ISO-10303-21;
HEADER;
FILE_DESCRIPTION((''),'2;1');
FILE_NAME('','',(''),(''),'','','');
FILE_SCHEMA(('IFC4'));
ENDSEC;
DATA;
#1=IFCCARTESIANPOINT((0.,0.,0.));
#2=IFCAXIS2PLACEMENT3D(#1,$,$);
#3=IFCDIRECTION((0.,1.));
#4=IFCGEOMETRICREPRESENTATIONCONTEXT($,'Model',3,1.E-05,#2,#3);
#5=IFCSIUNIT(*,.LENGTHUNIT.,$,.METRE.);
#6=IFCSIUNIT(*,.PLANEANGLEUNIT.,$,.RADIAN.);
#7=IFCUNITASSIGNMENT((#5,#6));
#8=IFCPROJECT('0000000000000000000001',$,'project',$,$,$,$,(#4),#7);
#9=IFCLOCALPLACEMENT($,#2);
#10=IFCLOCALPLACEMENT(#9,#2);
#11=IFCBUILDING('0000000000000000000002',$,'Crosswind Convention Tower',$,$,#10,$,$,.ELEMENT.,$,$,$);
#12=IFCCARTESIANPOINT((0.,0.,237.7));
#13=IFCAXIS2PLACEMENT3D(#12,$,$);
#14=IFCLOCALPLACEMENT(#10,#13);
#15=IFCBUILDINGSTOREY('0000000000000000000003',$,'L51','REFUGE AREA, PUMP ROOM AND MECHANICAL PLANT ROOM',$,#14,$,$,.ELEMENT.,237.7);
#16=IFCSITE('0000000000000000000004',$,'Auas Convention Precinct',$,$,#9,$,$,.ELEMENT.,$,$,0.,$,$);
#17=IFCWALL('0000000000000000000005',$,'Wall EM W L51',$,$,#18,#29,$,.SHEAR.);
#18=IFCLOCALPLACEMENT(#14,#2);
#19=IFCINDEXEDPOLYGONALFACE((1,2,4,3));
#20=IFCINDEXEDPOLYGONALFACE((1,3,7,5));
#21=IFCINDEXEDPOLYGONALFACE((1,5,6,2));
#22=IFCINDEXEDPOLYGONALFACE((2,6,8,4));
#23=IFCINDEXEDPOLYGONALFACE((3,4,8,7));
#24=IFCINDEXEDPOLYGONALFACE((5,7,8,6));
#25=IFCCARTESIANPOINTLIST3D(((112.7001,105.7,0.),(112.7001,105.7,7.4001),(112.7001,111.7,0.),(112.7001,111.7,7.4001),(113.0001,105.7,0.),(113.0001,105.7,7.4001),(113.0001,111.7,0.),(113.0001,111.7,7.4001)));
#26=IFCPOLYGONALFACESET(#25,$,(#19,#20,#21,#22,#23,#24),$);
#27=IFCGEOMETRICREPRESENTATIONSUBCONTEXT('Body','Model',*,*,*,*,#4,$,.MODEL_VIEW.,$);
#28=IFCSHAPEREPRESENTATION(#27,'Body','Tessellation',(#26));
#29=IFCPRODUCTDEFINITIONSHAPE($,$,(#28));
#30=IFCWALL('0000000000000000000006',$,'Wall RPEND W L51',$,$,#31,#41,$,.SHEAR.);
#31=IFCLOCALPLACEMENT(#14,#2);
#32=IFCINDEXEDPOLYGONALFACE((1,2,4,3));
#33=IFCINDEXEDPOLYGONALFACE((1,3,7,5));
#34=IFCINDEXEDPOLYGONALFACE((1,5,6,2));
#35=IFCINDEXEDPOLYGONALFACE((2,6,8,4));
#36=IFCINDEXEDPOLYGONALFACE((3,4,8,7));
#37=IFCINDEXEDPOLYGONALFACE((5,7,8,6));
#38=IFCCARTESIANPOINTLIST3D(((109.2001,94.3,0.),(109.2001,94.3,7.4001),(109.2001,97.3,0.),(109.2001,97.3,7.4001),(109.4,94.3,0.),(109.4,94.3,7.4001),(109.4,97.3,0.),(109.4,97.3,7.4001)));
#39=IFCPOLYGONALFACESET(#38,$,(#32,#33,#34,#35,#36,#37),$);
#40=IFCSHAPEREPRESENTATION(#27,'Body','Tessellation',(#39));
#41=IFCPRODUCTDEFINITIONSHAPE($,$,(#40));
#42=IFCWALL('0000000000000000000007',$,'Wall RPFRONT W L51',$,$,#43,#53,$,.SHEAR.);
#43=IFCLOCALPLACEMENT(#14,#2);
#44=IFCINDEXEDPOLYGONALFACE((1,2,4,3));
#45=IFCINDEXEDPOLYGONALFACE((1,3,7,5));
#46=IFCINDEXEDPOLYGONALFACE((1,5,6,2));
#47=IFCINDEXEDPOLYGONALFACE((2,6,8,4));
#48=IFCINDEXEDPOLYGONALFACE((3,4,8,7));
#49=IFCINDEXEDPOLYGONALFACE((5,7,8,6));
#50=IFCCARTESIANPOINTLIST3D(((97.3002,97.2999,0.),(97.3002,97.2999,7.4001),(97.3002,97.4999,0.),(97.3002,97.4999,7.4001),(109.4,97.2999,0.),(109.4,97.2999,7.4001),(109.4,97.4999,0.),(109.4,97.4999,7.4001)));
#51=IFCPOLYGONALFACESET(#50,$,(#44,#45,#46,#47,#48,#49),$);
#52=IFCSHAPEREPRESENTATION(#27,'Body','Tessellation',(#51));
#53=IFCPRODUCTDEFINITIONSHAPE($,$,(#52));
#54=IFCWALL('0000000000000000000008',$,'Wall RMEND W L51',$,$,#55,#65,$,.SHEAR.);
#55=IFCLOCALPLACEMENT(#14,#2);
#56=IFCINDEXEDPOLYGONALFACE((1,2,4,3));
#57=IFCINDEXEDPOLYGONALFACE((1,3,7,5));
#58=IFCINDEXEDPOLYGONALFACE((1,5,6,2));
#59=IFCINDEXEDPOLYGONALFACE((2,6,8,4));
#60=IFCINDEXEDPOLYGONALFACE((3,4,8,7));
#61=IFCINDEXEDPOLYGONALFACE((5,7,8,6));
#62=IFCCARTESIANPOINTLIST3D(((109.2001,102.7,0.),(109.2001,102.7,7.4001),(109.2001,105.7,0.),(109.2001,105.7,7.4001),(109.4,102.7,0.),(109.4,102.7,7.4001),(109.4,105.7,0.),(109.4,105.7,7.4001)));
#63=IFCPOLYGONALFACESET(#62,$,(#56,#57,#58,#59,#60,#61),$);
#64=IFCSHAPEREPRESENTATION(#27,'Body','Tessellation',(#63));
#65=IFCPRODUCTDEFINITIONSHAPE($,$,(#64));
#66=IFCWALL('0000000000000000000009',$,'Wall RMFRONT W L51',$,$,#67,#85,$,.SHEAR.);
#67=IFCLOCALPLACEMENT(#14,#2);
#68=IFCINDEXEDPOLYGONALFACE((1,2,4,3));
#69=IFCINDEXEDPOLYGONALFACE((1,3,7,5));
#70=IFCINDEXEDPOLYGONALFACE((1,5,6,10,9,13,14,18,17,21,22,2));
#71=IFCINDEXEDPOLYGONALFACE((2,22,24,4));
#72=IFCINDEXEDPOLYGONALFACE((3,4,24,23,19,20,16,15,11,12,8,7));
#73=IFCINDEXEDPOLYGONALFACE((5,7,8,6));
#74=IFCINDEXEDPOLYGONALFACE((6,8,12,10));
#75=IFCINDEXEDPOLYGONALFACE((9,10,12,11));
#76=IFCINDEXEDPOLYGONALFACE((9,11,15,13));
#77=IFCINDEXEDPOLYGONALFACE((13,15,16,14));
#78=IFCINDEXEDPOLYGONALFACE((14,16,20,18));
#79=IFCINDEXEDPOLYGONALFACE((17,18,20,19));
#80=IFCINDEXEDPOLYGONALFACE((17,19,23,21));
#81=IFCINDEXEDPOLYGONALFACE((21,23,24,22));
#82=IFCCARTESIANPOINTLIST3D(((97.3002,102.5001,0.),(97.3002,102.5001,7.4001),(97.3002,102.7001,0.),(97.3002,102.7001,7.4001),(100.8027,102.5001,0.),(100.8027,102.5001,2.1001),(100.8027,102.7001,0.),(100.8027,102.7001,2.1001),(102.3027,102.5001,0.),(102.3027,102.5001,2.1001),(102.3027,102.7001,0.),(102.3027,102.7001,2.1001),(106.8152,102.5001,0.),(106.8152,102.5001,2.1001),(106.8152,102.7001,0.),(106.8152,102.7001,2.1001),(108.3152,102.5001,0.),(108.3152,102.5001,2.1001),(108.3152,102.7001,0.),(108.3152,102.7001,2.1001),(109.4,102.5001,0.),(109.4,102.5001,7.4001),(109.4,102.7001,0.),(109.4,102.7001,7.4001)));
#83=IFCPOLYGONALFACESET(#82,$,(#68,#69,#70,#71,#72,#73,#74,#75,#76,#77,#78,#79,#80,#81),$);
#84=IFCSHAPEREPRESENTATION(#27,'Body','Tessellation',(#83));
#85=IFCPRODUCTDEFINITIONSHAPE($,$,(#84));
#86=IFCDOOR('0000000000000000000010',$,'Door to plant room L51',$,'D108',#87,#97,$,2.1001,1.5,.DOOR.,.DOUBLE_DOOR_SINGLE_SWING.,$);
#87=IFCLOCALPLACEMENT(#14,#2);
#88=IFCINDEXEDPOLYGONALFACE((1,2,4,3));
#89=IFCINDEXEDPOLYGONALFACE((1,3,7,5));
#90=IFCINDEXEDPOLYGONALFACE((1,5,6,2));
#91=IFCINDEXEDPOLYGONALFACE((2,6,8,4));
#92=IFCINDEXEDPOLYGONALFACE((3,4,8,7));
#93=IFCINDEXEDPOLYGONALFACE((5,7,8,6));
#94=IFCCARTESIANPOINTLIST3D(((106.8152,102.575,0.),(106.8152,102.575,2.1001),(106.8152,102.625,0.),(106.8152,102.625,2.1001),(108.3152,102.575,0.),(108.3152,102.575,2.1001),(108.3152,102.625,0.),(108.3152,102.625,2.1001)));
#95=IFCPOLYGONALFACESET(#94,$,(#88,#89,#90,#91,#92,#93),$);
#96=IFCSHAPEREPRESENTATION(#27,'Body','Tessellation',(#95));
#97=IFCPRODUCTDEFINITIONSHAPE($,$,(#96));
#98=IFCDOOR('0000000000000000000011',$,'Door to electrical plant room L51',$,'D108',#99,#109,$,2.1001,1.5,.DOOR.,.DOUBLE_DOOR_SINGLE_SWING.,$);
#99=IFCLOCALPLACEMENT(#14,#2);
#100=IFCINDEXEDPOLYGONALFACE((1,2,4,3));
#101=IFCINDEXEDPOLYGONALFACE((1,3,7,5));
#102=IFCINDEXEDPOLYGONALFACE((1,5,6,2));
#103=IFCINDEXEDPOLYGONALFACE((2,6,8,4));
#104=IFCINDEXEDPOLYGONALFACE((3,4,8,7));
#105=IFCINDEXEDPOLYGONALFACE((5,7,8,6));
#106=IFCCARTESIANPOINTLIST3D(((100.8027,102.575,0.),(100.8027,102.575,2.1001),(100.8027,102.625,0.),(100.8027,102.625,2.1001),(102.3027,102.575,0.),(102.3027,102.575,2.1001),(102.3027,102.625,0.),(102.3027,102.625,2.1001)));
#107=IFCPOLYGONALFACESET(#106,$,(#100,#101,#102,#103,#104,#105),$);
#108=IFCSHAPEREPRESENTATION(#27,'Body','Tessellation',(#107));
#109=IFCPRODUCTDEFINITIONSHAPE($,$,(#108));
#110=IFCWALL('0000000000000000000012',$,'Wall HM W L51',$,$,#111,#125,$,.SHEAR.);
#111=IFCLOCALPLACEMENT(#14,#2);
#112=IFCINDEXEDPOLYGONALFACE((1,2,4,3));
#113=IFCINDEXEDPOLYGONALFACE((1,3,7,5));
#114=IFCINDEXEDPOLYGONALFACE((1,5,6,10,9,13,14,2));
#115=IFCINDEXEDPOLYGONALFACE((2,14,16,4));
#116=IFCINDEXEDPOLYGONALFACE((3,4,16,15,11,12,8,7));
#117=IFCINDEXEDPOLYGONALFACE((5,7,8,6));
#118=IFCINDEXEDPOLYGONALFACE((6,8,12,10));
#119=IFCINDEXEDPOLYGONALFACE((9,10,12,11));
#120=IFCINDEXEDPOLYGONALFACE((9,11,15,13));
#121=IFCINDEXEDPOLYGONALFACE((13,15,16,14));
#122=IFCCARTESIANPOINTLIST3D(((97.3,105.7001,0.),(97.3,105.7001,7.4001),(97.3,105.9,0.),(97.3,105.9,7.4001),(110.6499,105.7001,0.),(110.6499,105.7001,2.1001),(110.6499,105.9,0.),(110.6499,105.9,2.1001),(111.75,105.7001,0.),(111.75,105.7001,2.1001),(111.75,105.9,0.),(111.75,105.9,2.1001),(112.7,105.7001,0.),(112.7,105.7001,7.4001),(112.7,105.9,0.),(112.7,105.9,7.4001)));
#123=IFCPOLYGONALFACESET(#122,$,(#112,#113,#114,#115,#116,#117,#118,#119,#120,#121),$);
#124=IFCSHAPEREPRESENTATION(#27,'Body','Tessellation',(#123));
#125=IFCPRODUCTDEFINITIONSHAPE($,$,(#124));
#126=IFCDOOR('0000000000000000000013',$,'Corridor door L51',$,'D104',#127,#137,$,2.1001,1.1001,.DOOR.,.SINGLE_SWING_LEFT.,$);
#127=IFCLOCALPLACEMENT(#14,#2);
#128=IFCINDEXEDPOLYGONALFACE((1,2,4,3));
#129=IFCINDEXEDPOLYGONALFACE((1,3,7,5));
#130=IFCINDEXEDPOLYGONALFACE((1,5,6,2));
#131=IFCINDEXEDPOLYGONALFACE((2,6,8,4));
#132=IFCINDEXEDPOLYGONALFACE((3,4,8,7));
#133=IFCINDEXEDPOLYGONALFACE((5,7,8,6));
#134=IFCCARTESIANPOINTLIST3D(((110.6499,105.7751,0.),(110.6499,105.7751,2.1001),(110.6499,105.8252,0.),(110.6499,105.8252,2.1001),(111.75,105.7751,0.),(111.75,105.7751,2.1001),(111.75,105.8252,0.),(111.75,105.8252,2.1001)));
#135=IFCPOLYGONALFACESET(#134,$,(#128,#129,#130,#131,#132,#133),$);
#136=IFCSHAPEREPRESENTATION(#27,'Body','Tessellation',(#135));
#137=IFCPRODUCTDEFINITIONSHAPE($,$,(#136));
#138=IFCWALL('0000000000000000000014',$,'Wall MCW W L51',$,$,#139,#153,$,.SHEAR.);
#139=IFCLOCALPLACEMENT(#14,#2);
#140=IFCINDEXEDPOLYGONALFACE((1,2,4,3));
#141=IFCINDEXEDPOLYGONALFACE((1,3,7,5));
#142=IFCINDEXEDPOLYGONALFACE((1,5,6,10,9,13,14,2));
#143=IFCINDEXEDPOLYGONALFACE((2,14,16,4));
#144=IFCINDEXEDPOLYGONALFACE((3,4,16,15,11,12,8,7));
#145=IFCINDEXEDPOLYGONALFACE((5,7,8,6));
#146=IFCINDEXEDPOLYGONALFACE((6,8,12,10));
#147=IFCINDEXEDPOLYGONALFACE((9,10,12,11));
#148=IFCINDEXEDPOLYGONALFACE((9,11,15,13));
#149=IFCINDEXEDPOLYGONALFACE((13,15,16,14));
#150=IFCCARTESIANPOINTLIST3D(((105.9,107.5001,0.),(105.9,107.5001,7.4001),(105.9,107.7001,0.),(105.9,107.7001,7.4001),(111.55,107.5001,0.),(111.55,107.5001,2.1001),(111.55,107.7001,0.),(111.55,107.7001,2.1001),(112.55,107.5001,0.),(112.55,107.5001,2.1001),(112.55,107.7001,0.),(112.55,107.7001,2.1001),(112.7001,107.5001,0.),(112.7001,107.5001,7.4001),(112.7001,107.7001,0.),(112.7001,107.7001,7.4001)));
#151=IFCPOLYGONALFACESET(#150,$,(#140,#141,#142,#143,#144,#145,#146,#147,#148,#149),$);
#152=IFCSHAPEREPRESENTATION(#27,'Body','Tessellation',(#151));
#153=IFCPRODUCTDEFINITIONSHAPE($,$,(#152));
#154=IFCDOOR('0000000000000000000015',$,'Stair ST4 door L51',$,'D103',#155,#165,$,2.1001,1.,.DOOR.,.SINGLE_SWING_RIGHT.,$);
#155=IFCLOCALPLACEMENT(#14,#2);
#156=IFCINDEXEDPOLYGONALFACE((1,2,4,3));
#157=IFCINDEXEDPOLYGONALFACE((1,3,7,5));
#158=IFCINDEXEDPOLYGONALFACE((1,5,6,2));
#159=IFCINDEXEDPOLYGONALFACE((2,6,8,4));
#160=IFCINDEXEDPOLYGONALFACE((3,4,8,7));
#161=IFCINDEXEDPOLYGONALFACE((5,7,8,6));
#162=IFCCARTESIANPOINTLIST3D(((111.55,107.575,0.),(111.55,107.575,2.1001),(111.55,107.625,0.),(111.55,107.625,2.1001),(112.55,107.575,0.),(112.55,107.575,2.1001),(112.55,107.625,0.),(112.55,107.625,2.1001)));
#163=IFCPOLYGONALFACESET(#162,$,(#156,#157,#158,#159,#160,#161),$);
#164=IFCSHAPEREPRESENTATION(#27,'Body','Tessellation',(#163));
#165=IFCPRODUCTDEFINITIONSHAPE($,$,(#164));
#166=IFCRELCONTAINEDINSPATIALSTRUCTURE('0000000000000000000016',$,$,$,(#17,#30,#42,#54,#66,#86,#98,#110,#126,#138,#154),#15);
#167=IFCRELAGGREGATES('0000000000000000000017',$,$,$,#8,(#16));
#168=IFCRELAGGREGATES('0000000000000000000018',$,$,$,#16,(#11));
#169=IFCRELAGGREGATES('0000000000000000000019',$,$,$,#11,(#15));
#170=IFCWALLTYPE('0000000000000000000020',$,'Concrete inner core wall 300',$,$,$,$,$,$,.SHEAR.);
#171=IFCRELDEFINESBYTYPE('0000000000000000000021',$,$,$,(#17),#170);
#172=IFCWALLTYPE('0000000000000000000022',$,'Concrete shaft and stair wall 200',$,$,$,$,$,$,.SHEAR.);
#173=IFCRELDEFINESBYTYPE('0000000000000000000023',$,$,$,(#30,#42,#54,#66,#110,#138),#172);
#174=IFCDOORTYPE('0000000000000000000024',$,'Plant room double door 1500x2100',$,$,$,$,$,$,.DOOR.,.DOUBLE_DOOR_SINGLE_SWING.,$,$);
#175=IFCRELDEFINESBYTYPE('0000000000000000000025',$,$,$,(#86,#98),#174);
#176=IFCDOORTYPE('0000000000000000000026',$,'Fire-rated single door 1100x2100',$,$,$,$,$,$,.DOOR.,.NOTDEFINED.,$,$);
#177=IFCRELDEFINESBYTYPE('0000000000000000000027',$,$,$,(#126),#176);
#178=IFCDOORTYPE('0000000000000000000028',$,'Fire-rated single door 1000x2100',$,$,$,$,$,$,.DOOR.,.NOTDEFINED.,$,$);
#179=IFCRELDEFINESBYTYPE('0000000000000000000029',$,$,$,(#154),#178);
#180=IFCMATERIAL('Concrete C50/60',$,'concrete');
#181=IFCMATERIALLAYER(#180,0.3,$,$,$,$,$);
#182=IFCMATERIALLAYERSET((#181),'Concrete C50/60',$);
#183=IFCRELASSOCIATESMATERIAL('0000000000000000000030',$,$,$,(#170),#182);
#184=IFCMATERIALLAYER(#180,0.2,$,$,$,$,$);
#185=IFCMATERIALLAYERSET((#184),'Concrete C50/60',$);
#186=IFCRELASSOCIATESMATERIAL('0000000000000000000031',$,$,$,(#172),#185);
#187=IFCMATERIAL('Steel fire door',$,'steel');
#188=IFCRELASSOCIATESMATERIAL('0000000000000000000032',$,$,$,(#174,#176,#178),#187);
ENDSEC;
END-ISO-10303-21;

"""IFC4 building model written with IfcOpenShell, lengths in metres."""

from ifc_helpers import new_model, si_unit, direction, frame, frame_2d, origin, place, context, subcontext, project, spatial, rectangle, extrude, material, layer, layer_set, type_object, element, fill, save


model = new_model("IFC4")

# Units and contexts
model_context = context("Model", 3, precision=1e-05, world=origin(), true_north=direction((0.0, 1.0)))
body_context = subcontext(model_context, "Body", "Model", "MODEL_VIEW")
ifc_project = project(units=[si_unit("LENGTHUNIT", "METRE"), si_unit("PLANEANGLEUNIT", "RADIAN")], contexts=[model_context])

# Site, building, storey
site_placement = place(None, origin())
site = spatial("IfcSite", under=ifc_project, at=site_placement, Name="Auas Convention Precinct", CompositionType="ELEMENT", RefElevation=0.0)
building_placement = place(site_placement, origin())
building = spatial("IfcBuilding", under=site, at=building_placement, Name="Crosswind Convention Tower", CompositionType="ELEMENT")
storey_placement = place(building_placement, frame((0.0, 0.0, 237.7)))
storey = spatial("IfcBuildingStorey", under=building, at=storey_placement, Name="L51", Description="REFUGE AREA, PUMP ROOM AND MECHANICAL PLANT ROOM", CompositionType="ELEMENT", Elevation=237.7)

# Shared definitions
ifc_material_1 = material(Name="Concrete C50/60", Category="concrete")
ifc_layer_1 = layer(ifc_material_1, 0.3)
ifc_layer_set_1 = layer_set([ifc_layer_1], Name="Concrete C50/60")
wall_type_1 = type_object("IfcWallType", Name="Concrete inner core wall 300", PredefinedType="SHEAR", material=ifc_layer_set_1)

# Walls
wall_1_placement = place(storey_placement, frame((112.8501, 111.7, 0.0), z_axis=(0.0, 0.0, 1.0), x_axis=(0.0, -1.0, 0.0)))
element("IfcWall", 1, at=wall_1_placement, inside=storey, type_object=wall_type_1, Name="Wall EM W L51", PredefinedType="SHEAR", context=body_context, shape_type="SweptSolid", body=[
    extrude(rectangle(XDim=6.0, YDim=0.3, at=frame_2d((3.0, 0.0))), origin(), (0.0, 0.0, 1.0), 7.4001),
])
ifc_layer_2 = layer(ifc_material_1, 0.2)
ifc_layer_set_2 = layer_set([ifc_layer_2], Name="Concrete C50/60")
wall_type_2 = type_object("IfcWallType", Name="Concrete shaft and stair wall 200", PredefinedType="SHEAR", material=ifc_layer_set_2)
wall_2_placement = place(storey_placement, frame((109.3, 97.3, 0.0), z_axis=(0.0, 0.0, 1.0), x_axis=(0.0, -1.0, 0.0)))
element("IfcWall", 2, at=wall_2_placement, inside=storey, type_object=wall_type_2, Name="Wall RPEND W L51", PredefinedType="SHEAR", context=body_context, shape_type="SweptSolid", body=[
    extrude(rectangle(XDim=3.0, YDim=0.2, at=frame_2d((1.5, 0.0))), origin(), (0.0, 0.0, 1.0), 7.4001),
])
wall_3_placement = place(storey_placement, frame((109.3999, 97.3999, 0.0), z_axis=(0.0, 0.0, 1.0), x_axis=(-1.0, 0.0, 0.0)))
element("IfcWall", 3, at=wall_3_placement, inside=storey, type_object=wall_type_2, Name="Wall RPFRONT W L51", PredefinedType="SHEAR", context=body_context, shape_type="SweptSolid", body=[
    extrude(rectangle(XDim=12.0999, YDim=0.2, at=frame_2d((6.0498, 0.0))), origin(), (0.0, 0.0, 1.0), 7.4001),
])
wall_4_placement = place(storey_placement, frame((109.3, 105.7, 0.0), z_axis=(0.0, 0.0, 1.0), x_axis=(0.0, -1.0, 0.0)))
element("IfcWall", 4, at=wall_4_placement, inside=storey, type_object=wall_type_2, Name="Wall RMEND W L51", PredefinedType="SHEAR", context=body_context, shape_type="SweptSolid", body=[
    extrude(rectangle(XDim=3.0, YDim=0.2, at=frame_2d((1.5, 0.0))), origin(), (0.0, 0.0, 1.0), 7.4001),
])

# Wall, openings, doors
wall_5_placement = place(storey_placement, frame((109.3999, 102.6001, 0.0), z_axis=(0.0, 0.0, 1.0), x_axis=(-1.0, 0.0, 0.0)))
wall_5 = element("IfcWall", 5, at=wall_5_placement, inside=storey, type_object=wall_type_2, Name="Wall RMFRONT W L51", PredefinedType="SHEAR", context=body_context, shape_type="SweptSolid", body=[
    extrude(rectangle(XDim=12.0999, YDim=0.2, at=frame_2d((6.0498, 0.0))), origin(), (0.0, 0.0, 1.0), 7.4001),
])
opening_1_placement = place(wall_5_placement, frame((1.0847, 0.0, 0.0)))
opening_1 = element("IfcOpeningElement", 6, at=opening_1_placement, cuts=wall_5, PredefinedType="OPENING", context=body_context, shape_type="SweptSolid", body=[
    extrude(rectangle(XDim=1.5, YDim=2.1001, at=frame_2d((0.75, 1.05))), frame((0.0, 0.1099, 0.0), z_axis=(0.0, -1.0, 0.0), x_axis=(1.0, 0.0, 0.0)), (0.0, 0.0, 1.0), 0.22),
])
opening_2_placement = place(wall_5_placement, frame((7.0972, 0.0, 0.0)))
opening_2 = element("IfcOpeningElement", 7, at=opening_2_placement, cuts=wall_5, PredefinedType="OPENING", context=body_context, shape_type="SweptSolid", body=[
    extrude(rectangle(XDim=1.5, YDim=2.1001, at=frame_2d((0.75, 1.05))), frame((0.0, 0.1099, 0.0), z_axis=(0.0, -1.0, 0.0), x_axis=(1.0, 0.0, 0.0)), (0.0, 0.0, 1.0), 0.22),
])
ifc_material_2 = material(Name="Steel fire door", Category="steel")
door_type_1 = type_object("IfcDoorType", Name="Plant room double door 1500x2100", OperationType="DOUBLE_DOOR_SINGLE_SWING", PredefinedType="DOOR", material=ifc_material_2)
door_1_placement = place(opening_1_placement, frame((1.5, 0.0, 0.0), z_axis=(0.0, 0.0, 1.0), x_axis=(-1.0, 0.0, 0.0)))
door_1 = element("IfcDoor", 8, at=door_1_placement, inside=storey, type_object=door_type_1, Name="Door to plant room L51", ObjectType="D108", OperationType="DOUBLE_DOOR_SINGLE_SWING", OverallHeight=2.1001, OverallWidth=1.5, PredefinedType="DOOR", context=body_context, shape_type="SweptSolid", body=[
    extrude(rectangle(XDim=1.5, YDim=2.1001, at=frame_2d((0.75, 1.05))), frame((0.0, 0.0249, 0.0), z_axis=(0.0, -1.0, 0.0), x_axis=(1.0, 0.0, 0.0)), (0.0, 0.0, 1.0), 0.05),
])
fill(opening_1, door_1)
door_2_placement = place(opening_2_placement, frame((1.5, 0.0, 0.0), z_axis=(0.0, 0.0, 1.0), x_axis=(-1.0, 0.0, 0.0)))
door_2 = element("IfcDoor", 9, at=door_2_placement, inside=storey, type_object=door_type_1, Name="Door to electrical plant room L51", ObjectType="D108", OperationType="DOUBLE_DOOR_SINGLE_SWING", OverallHeight=2.1001, OverallWidth=1.5, PredefinedType="DOOR", context=body_context, shape_type="SweptSolid", body=[
    extrude(rectangle(XDim=1.5, YDim=2.1001, at=frame_2d((0.75, 1.05))), frame((0.0, 0.0249, 0.0), z_axis=(0.0, -1.0, 0.0), x_axis=(1.0, 0.0, 0.0)), (0.0, 0.0, 1.0), 0.05),
])
fill(opening_2, door_2)

# Walls, openings, doors
wall_6_placement = place(storey_placement, frame((112.7, 105.8, 0.0), z_axis=(0.0, 0.0, 1.0), x_axis=(-1.0, 0.0, 0.0)))
wall_6 = element("IfcWall", 10, at=wall_6_placement, inside=storey, type_object=wall_type_2, Name="Wall HM W L51", PredefinedType="SHEAR", context=body_context, shape_type="SweptSolid", body=[
    extrude(rectangle(XDim=15.3999, YDim=0.2, at=frame_2d((7.7, 0.0))), origin(), (0.0, 0.0, 1.0), 7.4001),
])
opening_3_placement = place(wall_6_placement, frame((0.95, 0.0, 0.0)))
opening_3 = element("IfcOpeningElement", 11, at=opening_3_placement, cuts=wall_6, PredefinedType="OPENING", context=body_context, shape_type="SweptSolid", body=[
    extrude(rectangle(XDim=1.1001, YDim=2.1001, at=frame_2d((0.55, 1.05))), frame((0.0, 0.1099, 0.0), z_axis=(0.0, -1.0, 0.0), x_axis=(1.0, 0.0, 0.0)), (0.0, 0.0, 1.0), 0.22),
])
door_type_2 = type_object("IfcDoorType", Name="Fire-rated single door 1100x2100", OperationType="NOTDEFINED", PredefinedType="DOOR", material=ifc_material_2)
door_3_placement = place(opening_3_placement, origin())
door_3 = element("IfcDoor", 12, at=door_3_placement, inside=storey, type_object=door_type_2, Name="Corridor door L51", ObjectType="D104", OperationType="SINGLE_SWING_LEFT", OverallHeight=2.1001, OverallWidth=1.1001, PredefinedType="DOOR", context=body_context, shape_type="SweptSolid", body=[
    extrude(rectangle(XDim=1.1001, YDim=2.1001, at=frame_2d((0.55, 1.05))), frame((0.0, 0.0249, 0.0), z_axis=(0.0, -1.0, 0.0), x_axis=(1.0, 0.0, 0.0)), (0.0, 0.0, 1.0), 0.05),
])
fill(opening_3, door_3)
wall_7_placement = place(storey_placement, frame((112.7, 107.6001, 0.0), z_axis=(0.0, 0.0, 1.0), x_axis=(-1.0, 0.0, 0.0)))
wall_7 = element("IfcWall", 13, at=wall_7_placement, inside=storey, type_object=wall_type_2, Name="Wall MCW W L51", PredefinedType="SHEAR", context=body_context, shape_type="SweptSolid", body=[
    extrude(rectangle(XDim=6.8, YDim=0.2, at=frame_2d((3.3999, 0.0))), origin(), (0.0, 0.0, 1.0), 7.4001),
])
opening_4_placement = place(wall_7_placement, frame((0.1499, 0.0, 0.0)))
opening_4 = element("IfcOpeningElement", 14, at=opening_4_placement, cuts=wall_7, PredefinedType="OPENING", context=body_context, shape_type="SweptSolid", body=[
    extrude(rectangle(XDim=1.0, YDim=2.1001, at=frame_2d((0.5, 1.05))), frame((0.0, 0.1099, 0.0), z_axis=(0.0, -1.0, 0.0), x_axis=(1.0, 0.0, 0.0)), (0.0, 0.0, 1.0), 0.22),
])
door_type_3 = type_object("IfcDoorType", Name="Fire-rated single door 1000x2100", OperationType="NOTDEFINED", PredefinedType="DOOR", material=ifc_material_2)
door_4_placement = place(opening_4_placement, frame((1.0, 0.0, 0.0), z_axis=(0.0, 0.0, 1.0), x_axis=(-1.0, 0.0, 0.0)))
door_4 = element("IfcDoor", 15, at=door_4_placement, inside=storey, type_object=door_type_3, Name="Stair ST4 door L51", ObjectType="D103", OperationType="SINGLE_SWING_RIGHT", OverallHeight=2.1001, OverallWidth=1.0, PredefinedType="DOOR", context=body_context, shape_type="SweptSolid", body=[
    extrude(rectangle(XDim=1.0, YDim=2.1001, at=frame_2d((0.5, 1.05))), frame((0.0, 0.0249, 0.0), z_axis=(0.0, -1.0, 0.0), x_axis=(1.0, 0.0, 0.0)), (0.0, 0.0, 1.0), 0.05),
])
fill(opening_4, door_4)

save(model, "model.ifc")
